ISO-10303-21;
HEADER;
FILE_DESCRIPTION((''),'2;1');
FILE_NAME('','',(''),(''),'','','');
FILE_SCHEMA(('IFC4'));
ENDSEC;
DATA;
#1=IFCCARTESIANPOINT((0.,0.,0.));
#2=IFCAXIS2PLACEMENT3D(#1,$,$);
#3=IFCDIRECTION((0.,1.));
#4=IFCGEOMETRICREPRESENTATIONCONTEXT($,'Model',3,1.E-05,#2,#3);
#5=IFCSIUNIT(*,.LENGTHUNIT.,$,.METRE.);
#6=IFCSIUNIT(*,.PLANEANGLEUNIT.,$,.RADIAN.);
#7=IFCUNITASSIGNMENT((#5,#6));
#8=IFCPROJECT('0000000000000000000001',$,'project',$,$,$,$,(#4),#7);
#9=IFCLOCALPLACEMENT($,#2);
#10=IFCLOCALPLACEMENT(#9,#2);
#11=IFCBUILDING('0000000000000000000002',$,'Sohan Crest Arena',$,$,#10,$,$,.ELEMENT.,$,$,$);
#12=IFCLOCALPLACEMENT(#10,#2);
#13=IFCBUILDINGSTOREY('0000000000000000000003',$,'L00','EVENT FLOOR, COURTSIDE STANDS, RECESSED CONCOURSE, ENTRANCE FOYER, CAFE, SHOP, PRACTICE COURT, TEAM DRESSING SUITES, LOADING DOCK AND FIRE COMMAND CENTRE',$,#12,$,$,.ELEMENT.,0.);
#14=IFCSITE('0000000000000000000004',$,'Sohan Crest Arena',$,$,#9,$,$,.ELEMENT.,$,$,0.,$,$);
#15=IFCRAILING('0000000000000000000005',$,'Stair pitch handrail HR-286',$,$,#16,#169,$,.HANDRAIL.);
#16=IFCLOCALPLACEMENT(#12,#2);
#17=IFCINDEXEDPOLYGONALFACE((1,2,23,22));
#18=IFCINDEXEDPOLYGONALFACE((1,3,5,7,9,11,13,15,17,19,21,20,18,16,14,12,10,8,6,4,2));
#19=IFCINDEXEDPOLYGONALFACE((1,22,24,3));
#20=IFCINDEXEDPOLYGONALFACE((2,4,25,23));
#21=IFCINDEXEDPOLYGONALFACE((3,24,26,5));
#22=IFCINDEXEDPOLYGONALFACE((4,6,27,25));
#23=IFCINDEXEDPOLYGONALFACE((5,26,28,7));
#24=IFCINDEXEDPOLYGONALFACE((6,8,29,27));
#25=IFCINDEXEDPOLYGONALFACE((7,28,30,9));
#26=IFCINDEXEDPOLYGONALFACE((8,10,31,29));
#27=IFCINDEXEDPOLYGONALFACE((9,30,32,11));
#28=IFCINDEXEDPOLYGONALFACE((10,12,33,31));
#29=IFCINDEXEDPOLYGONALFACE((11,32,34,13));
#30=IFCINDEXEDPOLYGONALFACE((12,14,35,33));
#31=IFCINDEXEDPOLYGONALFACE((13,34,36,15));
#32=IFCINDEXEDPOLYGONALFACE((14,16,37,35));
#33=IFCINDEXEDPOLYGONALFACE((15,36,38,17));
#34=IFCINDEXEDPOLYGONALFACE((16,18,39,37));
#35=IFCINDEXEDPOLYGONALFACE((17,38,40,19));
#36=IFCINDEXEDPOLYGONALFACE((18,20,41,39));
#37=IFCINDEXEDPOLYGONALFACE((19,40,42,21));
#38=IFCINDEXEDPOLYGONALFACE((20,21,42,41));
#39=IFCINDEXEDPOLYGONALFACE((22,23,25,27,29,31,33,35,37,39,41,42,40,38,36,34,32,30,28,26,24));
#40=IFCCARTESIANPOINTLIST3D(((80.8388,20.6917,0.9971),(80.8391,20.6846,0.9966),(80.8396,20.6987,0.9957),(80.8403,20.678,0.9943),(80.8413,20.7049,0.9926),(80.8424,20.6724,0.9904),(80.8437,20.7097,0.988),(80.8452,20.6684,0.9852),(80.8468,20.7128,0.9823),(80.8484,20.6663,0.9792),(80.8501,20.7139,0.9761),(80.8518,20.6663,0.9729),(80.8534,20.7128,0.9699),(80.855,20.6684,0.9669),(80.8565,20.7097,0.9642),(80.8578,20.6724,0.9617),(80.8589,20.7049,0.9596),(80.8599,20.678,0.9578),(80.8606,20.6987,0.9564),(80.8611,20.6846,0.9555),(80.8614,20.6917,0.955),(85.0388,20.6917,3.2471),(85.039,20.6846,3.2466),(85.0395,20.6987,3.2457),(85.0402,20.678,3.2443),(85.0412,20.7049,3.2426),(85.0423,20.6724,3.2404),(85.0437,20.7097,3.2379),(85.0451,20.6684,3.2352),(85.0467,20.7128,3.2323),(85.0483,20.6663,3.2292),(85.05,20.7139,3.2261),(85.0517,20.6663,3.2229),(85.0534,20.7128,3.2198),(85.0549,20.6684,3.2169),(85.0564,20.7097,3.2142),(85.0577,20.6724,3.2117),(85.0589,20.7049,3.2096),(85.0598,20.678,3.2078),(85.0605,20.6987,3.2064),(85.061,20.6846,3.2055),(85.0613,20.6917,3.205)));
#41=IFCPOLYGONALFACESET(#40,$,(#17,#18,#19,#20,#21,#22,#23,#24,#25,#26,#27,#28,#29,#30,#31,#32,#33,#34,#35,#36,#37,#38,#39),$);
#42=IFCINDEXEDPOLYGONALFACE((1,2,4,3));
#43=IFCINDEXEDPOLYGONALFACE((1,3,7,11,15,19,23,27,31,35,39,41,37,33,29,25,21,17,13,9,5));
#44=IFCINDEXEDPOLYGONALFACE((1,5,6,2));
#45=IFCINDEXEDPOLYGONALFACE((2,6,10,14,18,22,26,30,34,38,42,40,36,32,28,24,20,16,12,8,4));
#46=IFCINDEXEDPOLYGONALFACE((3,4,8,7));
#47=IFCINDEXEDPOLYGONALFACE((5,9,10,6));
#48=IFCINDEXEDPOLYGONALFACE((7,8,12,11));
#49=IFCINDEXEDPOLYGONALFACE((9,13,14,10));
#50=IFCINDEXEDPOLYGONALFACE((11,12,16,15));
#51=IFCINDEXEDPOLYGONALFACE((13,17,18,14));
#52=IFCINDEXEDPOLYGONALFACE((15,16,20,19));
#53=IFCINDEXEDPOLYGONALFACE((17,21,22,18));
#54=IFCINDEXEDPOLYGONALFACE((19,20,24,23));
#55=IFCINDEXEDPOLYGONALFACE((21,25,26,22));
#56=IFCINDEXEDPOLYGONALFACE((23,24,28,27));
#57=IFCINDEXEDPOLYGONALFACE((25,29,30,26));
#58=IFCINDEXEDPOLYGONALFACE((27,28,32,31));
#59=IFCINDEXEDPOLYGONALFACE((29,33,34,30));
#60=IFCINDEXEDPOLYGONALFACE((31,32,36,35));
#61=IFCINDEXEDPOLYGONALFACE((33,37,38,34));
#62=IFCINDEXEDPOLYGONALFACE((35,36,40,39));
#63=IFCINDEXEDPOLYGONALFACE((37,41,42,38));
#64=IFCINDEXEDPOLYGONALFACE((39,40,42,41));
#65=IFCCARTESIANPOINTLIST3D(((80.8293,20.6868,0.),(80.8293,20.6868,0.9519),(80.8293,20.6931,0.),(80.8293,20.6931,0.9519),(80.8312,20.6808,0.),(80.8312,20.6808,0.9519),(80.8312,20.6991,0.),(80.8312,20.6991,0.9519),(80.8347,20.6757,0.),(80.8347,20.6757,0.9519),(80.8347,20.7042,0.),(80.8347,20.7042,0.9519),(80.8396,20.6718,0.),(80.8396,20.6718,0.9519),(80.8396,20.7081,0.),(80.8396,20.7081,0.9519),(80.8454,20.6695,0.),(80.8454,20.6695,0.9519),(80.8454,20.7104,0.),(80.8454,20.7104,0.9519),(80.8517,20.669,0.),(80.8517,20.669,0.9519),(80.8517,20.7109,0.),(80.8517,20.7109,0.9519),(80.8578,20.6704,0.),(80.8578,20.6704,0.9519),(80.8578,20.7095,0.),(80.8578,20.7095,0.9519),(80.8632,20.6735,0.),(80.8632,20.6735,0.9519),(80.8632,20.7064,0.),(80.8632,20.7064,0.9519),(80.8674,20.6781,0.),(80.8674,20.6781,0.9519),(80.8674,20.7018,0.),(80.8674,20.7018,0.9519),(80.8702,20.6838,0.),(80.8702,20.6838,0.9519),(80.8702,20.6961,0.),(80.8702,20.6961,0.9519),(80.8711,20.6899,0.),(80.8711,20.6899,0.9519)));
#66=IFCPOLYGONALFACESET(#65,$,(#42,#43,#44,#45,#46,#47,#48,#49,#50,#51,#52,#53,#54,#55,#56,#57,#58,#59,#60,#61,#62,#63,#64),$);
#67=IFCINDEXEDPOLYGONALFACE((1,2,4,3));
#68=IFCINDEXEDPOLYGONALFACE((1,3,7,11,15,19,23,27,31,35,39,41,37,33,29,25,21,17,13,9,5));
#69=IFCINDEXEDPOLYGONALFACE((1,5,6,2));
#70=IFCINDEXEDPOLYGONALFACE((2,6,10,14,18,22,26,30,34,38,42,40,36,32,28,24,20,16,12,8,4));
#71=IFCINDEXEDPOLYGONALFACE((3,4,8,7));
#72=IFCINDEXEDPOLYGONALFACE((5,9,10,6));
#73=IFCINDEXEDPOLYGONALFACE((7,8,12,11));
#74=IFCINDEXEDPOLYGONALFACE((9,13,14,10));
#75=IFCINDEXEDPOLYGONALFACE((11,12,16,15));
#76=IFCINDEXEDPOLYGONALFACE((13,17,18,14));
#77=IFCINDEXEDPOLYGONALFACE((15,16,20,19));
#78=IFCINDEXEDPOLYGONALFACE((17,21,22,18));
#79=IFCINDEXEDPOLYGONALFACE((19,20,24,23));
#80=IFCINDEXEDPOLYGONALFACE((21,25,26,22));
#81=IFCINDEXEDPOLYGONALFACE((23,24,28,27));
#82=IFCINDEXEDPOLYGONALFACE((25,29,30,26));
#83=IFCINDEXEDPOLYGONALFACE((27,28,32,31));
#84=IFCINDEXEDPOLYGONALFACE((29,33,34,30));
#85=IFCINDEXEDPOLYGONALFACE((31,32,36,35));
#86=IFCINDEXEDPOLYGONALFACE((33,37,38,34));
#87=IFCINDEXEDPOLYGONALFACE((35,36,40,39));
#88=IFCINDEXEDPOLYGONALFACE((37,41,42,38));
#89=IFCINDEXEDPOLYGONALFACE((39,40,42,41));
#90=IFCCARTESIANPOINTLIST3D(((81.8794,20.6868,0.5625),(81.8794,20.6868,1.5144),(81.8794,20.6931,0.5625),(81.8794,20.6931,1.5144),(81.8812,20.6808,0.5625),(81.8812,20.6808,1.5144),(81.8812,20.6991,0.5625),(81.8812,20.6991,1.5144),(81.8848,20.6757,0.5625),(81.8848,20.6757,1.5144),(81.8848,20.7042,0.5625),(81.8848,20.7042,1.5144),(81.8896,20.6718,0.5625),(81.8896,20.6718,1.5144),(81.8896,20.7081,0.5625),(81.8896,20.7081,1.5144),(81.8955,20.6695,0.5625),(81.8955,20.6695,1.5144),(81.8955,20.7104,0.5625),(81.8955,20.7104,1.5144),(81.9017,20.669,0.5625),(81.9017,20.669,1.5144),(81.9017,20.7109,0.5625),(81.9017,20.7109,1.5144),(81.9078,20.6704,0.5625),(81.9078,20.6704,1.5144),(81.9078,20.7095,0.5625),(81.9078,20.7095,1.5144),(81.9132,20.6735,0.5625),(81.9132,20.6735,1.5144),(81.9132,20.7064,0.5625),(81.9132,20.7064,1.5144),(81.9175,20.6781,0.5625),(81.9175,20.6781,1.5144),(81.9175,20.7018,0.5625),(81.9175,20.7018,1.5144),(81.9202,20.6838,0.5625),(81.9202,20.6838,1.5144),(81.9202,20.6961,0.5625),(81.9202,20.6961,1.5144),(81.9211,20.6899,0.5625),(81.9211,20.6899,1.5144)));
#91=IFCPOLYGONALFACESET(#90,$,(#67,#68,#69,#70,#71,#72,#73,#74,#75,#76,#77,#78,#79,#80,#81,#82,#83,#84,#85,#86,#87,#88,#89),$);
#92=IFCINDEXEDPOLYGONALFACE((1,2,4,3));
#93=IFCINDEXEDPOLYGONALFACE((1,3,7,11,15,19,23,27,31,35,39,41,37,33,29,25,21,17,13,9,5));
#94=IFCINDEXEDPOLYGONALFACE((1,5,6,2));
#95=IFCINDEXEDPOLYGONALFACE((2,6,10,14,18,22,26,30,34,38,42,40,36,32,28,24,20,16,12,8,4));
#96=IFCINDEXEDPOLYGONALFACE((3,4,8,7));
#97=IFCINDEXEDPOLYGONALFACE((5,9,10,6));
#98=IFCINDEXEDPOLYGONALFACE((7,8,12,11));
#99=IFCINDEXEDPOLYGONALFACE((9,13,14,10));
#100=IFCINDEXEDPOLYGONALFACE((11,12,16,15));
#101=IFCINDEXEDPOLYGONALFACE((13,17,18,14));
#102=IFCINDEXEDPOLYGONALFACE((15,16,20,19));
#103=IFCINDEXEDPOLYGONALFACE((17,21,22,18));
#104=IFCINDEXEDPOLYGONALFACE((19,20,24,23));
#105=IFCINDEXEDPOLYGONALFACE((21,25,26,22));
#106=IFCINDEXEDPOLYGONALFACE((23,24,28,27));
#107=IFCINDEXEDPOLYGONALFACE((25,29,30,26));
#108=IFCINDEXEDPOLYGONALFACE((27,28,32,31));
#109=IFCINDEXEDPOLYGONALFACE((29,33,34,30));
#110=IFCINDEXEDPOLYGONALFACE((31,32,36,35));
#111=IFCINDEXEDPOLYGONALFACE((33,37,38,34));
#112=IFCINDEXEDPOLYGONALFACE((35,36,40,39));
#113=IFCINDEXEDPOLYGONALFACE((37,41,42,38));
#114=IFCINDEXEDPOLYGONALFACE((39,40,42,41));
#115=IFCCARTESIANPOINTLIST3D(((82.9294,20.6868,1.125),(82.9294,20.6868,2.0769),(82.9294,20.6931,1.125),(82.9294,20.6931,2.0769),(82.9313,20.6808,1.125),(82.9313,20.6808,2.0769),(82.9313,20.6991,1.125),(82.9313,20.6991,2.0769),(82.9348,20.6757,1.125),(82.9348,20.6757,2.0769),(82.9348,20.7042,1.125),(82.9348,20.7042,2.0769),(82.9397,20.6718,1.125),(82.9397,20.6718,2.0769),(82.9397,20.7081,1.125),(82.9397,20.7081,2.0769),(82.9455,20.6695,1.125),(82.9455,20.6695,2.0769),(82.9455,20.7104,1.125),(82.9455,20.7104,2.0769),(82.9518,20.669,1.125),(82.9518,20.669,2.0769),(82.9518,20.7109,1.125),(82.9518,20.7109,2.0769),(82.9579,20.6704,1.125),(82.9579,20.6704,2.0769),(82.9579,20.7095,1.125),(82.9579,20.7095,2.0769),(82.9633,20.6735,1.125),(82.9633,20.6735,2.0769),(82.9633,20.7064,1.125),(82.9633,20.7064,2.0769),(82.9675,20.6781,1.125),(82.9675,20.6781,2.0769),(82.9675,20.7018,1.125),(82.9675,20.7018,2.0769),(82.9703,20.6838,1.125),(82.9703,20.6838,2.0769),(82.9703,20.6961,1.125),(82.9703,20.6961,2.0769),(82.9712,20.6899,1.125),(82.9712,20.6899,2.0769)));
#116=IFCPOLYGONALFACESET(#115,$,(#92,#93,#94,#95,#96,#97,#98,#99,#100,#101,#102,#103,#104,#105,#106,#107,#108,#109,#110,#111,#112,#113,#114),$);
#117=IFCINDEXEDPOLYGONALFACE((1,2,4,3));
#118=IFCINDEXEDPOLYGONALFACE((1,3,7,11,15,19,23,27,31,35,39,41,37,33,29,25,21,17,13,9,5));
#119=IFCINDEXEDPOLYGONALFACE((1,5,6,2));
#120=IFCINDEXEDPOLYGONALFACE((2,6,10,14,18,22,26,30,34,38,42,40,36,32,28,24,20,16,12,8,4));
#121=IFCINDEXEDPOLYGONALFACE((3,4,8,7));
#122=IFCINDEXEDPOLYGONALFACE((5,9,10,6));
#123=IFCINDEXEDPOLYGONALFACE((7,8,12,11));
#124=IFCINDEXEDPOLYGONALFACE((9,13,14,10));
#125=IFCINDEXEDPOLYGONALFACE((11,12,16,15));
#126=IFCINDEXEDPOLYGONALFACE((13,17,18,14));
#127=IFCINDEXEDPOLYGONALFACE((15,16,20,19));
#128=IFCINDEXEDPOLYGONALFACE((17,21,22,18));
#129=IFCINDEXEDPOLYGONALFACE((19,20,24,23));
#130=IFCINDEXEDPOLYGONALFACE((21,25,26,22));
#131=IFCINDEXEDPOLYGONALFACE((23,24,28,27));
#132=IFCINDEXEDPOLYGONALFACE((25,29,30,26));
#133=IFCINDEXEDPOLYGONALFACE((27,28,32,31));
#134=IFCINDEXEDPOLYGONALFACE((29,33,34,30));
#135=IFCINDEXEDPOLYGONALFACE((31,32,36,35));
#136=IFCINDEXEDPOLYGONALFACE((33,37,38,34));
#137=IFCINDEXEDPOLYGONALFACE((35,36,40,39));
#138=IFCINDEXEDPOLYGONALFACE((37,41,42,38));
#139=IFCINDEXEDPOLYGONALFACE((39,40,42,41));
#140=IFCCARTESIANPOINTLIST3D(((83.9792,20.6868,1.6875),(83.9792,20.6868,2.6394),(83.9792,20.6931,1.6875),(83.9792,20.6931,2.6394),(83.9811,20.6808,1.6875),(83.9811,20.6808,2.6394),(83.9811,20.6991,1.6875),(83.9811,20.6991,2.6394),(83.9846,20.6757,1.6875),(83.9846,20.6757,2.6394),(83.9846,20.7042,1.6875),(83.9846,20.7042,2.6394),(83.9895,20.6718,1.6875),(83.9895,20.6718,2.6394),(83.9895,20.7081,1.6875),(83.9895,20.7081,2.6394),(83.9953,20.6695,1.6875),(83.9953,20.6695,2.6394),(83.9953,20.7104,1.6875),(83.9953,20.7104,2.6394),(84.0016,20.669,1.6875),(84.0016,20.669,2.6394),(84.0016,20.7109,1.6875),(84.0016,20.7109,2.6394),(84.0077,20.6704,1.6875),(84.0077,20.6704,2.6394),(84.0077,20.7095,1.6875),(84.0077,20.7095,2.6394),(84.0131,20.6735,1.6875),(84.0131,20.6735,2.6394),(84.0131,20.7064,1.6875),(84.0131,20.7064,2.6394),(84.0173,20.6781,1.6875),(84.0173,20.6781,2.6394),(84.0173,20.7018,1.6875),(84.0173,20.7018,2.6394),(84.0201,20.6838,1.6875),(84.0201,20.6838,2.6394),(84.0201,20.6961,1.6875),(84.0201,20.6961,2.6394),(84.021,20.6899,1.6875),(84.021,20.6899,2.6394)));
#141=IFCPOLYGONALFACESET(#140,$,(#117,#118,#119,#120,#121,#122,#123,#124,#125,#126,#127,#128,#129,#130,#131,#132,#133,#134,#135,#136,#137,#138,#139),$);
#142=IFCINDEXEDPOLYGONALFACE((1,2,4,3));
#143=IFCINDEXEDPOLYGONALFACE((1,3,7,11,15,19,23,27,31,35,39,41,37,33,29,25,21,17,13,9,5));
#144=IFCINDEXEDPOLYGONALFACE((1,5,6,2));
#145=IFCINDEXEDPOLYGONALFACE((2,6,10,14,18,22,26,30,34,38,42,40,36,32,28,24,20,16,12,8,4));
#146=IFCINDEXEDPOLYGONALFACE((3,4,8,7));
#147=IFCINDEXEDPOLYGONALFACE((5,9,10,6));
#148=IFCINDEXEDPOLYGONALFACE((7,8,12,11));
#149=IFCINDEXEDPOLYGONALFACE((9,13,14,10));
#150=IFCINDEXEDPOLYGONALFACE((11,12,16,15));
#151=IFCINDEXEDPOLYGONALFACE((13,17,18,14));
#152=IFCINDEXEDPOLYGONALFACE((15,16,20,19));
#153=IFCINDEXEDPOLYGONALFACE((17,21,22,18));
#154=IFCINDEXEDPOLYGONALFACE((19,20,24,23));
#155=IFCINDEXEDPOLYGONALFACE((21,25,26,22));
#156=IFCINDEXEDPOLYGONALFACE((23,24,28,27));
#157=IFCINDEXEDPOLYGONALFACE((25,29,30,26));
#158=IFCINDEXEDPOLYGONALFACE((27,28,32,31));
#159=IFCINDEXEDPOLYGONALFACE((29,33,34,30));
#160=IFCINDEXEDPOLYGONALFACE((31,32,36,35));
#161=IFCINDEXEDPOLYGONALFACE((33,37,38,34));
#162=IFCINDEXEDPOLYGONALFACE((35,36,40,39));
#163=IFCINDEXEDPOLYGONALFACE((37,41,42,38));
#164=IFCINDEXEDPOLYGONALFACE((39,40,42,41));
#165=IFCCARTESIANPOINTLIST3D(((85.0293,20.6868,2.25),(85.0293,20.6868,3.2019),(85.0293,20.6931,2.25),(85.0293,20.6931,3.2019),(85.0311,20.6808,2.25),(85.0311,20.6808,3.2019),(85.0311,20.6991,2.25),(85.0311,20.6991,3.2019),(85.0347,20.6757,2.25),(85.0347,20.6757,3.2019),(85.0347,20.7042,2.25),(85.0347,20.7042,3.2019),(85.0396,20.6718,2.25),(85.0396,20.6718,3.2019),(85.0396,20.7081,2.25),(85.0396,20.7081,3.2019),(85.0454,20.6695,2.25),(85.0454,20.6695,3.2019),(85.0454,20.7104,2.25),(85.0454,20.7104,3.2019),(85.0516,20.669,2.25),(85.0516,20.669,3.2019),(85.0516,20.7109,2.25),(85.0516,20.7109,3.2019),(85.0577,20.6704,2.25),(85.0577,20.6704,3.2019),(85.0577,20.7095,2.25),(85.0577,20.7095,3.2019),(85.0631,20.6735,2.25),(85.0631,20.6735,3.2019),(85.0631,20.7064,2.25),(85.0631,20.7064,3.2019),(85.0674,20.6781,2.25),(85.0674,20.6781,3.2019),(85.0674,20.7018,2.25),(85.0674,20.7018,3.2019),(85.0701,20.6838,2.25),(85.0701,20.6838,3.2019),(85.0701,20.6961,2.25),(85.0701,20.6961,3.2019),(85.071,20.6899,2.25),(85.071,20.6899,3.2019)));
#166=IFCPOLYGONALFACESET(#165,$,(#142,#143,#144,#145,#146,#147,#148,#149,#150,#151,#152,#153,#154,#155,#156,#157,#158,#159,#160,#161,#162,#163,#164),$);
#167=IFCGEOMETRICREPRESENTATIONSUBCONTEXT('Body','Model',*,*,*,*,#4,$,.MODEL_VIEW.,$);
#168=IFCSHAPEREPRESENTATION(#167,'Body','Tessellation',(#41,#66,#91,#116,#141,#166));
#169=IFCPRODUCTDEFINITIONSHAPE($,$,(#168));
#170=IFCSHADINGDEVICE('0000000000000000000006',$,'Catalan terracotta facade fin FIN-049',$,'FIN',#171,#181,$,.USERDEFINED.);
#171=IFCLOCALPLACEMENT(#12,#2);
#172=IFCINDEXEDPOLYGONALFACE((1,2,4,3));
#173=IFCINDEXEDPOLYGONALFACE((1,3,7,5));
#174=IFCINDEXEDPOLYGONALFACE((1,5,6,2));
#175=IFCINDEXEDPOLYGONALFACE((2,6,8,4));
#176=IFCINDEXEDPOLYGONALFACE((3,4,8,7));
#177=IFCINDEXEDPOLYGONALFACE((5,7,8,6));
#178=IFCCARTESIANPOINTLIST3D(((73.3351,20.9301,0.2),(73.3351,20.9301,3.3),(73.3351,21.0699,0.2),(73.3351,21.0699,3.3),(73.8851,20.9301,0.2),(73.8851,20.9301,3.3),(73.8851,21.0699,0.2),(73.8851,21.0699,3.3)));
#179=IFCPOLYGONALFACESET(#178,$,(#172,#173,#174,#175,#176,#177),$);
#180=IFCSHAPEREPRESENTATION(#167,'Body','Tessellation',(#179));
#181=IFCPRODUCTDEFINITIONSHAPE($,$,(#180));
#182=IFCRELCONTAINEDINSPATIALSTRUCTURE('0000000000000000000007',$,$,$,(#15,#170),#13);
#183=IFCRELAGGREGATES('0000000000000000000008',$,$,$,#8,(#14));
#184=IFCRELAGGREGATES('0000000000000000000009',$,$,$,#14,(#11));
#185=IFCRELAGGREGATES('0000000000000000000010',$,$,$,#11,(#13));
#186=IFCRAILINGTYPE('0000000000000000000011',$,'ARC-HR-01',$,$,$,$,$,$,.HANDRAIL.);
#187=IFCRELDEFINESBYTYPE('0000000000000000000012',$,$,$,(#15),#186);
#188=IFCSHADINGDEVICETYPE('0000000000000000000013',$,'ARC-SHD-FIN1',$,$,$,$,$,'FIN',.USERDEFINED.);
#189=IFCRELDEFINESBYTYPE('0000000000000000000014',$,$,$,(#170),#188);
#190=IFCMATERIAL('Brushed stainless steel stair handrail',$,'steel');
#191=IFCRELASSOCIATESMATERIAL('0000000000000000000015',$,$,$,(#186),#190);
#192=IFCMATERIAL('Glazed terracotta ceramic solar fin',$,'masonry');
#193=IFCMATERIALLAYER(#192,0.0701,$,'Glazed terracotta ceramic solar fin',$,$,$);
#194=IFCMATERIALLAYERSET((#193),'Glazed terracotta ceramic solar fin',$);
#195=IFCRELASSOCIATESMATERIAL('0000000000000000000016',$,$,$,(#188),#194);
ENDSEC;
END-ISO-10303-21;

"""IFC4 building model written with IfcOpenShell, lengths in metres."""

from ifc_helpers import new_model, si_unit, direction, frame, origin, origin_2d, place, context, subcontext, project, spatial, rectangle, circle, extrude, material, layer, layer_set, type_object, element, save


model = new_model("IFC4")

# Units and contexts
model_context = context("Model", 3, precision=1e-05, world=origin(), true_north=direction((0.0, 1.0)))
body_context = subcontext(model_context, "Body", "Model", "MODEL_VIEW")
ifc_project = project(units=[si_unit("LENGTHUNIT", "METRE"), si_unit("PLANEANGLEUNIT", "RADIAN")], contexts=[model_context])

# Site, building, storey
site_placement = place(None, origin())
site = spatial("IfcSite", under=ifc_project, at=site_placement, Name="Sohan Crest Arena", CompositionType="ELEMENT", RefElevation=0.0)
building_placement = place(site_placement, origin())
building = spatial("IfcBuilding", under=site, at=building_placement, Name="Sohan Crest Arena", CompositionType="ELEMENT")
storey_placement = place(building_placement, origin())
storey = spatial("IfcBuildingStorey", under=building, at=storey_placement, Name="L00", Description="EVENT FLOOR, COURTSIDE STANDS, RECESSED CONCOURSE, ENTRANCE FOYER, CAFE, SHOP, PRACTICE COURT, TEAM DRESSING SUITES, LOADING DOCK AND FIRE COMMAND CENTRE", CompositionType="ELEMENT", Elevation=0.0)

# Railing
ifc_material_1 = material(Name="Brushed stainless steel stair handrail", Category="steel")
railing_type = type_object("IfcRailingType", Name="ARC-HR-01", PredefinedType="HANDRAIL", material=ifc_material_1)
for number, where, name in (
    (1, (80.8501, 20.6899, 0.0), "Stair pitch handrail HR-286"),
):
    element("IfcRailing", number, at=place(storey_placement, frame(where)), inside=storey, type_object=railing_type, Name=name, PredefinedType="HANDRAIL", context=body_context, shape_type="SweptSolid", body=[
        extrude(circle(Radius=0.0239, at=origin_2d()), frame((0.0, 0.0, 0.9761), z_axis=(0.881478, 0.0, 0.472226), x_axis=(0.0, 1.0, 0.0)), (0.0, 0.0, 1.0), 4.7646),
        extrude(circle(Radius=0.021, at=origin_2d()), origin(), (0.0, 0.0, 1.0), 0.9519),
        extrude(circle(Radius=0.021, at=origin_2d()), frame((1.05, 0.0, 0.5625)), (0.0, 0.0, 1.0), 0.9519),
        extrude(circle(Radius=0.021, at=origin_2d()), frame((2.1001, 0.0, 1.125)), (0.0, 0.0, 1.0), 0.9519),
        extrude(circle(Radius=0.021, at=origin_2d()), frame((3.1499, 0.0, 1.6875)), (0.0, 0.0, 1.0), 0.9519),
        extrude(circle(Radius=0.021, at=origin_2d()), frame((4.2, 0.0, 2.25)), (0.0, 0.0, 1.0), 0.9519),
    ])

# Shading device
ifc_material_2 = material(Name="Glazed terracotta ceramic solar fin", Category="masonry")
ifc_layer_1 = layer(ifc_material_2, 0.0701, Name="Glazed terracotta ceramic solar fin")
ifc_layer_set_1 = layer_set([ifc_layer_1], Name="Glazed terracotta ceramic solar fin")
shading_device_type = type_object("IfcShadingDeviceType", Name="ARC-SHD-FIN1", ElementType="FIN", PredefinedType="USERDEFINED", material=ifc_layer_set_1)
shading_device_placement = place(storey_placement, frame((73.6101, 21.0, 0.2), z_axis=(0.0, 0.0, 1.0), x_axis=(0.0, -1.0, 0.0)))
element("IfcShadingDevice", 2, at=shading_device_placement, inside=storey, type_object=shading_device_type, Name="Catalan terracotta facade fin FIN-049", ObjectType="FIN", PredefinedType="USERDEFINED", context=body_context, shape_type="SweptSolid", body=[
    extrude(rectangle(XDim=0.1399, YDim=0.55, at=origin_2d()), origin(), (0.0, 0.0, 1.0), 3.1001),
])

save(model, "model.ifc")
